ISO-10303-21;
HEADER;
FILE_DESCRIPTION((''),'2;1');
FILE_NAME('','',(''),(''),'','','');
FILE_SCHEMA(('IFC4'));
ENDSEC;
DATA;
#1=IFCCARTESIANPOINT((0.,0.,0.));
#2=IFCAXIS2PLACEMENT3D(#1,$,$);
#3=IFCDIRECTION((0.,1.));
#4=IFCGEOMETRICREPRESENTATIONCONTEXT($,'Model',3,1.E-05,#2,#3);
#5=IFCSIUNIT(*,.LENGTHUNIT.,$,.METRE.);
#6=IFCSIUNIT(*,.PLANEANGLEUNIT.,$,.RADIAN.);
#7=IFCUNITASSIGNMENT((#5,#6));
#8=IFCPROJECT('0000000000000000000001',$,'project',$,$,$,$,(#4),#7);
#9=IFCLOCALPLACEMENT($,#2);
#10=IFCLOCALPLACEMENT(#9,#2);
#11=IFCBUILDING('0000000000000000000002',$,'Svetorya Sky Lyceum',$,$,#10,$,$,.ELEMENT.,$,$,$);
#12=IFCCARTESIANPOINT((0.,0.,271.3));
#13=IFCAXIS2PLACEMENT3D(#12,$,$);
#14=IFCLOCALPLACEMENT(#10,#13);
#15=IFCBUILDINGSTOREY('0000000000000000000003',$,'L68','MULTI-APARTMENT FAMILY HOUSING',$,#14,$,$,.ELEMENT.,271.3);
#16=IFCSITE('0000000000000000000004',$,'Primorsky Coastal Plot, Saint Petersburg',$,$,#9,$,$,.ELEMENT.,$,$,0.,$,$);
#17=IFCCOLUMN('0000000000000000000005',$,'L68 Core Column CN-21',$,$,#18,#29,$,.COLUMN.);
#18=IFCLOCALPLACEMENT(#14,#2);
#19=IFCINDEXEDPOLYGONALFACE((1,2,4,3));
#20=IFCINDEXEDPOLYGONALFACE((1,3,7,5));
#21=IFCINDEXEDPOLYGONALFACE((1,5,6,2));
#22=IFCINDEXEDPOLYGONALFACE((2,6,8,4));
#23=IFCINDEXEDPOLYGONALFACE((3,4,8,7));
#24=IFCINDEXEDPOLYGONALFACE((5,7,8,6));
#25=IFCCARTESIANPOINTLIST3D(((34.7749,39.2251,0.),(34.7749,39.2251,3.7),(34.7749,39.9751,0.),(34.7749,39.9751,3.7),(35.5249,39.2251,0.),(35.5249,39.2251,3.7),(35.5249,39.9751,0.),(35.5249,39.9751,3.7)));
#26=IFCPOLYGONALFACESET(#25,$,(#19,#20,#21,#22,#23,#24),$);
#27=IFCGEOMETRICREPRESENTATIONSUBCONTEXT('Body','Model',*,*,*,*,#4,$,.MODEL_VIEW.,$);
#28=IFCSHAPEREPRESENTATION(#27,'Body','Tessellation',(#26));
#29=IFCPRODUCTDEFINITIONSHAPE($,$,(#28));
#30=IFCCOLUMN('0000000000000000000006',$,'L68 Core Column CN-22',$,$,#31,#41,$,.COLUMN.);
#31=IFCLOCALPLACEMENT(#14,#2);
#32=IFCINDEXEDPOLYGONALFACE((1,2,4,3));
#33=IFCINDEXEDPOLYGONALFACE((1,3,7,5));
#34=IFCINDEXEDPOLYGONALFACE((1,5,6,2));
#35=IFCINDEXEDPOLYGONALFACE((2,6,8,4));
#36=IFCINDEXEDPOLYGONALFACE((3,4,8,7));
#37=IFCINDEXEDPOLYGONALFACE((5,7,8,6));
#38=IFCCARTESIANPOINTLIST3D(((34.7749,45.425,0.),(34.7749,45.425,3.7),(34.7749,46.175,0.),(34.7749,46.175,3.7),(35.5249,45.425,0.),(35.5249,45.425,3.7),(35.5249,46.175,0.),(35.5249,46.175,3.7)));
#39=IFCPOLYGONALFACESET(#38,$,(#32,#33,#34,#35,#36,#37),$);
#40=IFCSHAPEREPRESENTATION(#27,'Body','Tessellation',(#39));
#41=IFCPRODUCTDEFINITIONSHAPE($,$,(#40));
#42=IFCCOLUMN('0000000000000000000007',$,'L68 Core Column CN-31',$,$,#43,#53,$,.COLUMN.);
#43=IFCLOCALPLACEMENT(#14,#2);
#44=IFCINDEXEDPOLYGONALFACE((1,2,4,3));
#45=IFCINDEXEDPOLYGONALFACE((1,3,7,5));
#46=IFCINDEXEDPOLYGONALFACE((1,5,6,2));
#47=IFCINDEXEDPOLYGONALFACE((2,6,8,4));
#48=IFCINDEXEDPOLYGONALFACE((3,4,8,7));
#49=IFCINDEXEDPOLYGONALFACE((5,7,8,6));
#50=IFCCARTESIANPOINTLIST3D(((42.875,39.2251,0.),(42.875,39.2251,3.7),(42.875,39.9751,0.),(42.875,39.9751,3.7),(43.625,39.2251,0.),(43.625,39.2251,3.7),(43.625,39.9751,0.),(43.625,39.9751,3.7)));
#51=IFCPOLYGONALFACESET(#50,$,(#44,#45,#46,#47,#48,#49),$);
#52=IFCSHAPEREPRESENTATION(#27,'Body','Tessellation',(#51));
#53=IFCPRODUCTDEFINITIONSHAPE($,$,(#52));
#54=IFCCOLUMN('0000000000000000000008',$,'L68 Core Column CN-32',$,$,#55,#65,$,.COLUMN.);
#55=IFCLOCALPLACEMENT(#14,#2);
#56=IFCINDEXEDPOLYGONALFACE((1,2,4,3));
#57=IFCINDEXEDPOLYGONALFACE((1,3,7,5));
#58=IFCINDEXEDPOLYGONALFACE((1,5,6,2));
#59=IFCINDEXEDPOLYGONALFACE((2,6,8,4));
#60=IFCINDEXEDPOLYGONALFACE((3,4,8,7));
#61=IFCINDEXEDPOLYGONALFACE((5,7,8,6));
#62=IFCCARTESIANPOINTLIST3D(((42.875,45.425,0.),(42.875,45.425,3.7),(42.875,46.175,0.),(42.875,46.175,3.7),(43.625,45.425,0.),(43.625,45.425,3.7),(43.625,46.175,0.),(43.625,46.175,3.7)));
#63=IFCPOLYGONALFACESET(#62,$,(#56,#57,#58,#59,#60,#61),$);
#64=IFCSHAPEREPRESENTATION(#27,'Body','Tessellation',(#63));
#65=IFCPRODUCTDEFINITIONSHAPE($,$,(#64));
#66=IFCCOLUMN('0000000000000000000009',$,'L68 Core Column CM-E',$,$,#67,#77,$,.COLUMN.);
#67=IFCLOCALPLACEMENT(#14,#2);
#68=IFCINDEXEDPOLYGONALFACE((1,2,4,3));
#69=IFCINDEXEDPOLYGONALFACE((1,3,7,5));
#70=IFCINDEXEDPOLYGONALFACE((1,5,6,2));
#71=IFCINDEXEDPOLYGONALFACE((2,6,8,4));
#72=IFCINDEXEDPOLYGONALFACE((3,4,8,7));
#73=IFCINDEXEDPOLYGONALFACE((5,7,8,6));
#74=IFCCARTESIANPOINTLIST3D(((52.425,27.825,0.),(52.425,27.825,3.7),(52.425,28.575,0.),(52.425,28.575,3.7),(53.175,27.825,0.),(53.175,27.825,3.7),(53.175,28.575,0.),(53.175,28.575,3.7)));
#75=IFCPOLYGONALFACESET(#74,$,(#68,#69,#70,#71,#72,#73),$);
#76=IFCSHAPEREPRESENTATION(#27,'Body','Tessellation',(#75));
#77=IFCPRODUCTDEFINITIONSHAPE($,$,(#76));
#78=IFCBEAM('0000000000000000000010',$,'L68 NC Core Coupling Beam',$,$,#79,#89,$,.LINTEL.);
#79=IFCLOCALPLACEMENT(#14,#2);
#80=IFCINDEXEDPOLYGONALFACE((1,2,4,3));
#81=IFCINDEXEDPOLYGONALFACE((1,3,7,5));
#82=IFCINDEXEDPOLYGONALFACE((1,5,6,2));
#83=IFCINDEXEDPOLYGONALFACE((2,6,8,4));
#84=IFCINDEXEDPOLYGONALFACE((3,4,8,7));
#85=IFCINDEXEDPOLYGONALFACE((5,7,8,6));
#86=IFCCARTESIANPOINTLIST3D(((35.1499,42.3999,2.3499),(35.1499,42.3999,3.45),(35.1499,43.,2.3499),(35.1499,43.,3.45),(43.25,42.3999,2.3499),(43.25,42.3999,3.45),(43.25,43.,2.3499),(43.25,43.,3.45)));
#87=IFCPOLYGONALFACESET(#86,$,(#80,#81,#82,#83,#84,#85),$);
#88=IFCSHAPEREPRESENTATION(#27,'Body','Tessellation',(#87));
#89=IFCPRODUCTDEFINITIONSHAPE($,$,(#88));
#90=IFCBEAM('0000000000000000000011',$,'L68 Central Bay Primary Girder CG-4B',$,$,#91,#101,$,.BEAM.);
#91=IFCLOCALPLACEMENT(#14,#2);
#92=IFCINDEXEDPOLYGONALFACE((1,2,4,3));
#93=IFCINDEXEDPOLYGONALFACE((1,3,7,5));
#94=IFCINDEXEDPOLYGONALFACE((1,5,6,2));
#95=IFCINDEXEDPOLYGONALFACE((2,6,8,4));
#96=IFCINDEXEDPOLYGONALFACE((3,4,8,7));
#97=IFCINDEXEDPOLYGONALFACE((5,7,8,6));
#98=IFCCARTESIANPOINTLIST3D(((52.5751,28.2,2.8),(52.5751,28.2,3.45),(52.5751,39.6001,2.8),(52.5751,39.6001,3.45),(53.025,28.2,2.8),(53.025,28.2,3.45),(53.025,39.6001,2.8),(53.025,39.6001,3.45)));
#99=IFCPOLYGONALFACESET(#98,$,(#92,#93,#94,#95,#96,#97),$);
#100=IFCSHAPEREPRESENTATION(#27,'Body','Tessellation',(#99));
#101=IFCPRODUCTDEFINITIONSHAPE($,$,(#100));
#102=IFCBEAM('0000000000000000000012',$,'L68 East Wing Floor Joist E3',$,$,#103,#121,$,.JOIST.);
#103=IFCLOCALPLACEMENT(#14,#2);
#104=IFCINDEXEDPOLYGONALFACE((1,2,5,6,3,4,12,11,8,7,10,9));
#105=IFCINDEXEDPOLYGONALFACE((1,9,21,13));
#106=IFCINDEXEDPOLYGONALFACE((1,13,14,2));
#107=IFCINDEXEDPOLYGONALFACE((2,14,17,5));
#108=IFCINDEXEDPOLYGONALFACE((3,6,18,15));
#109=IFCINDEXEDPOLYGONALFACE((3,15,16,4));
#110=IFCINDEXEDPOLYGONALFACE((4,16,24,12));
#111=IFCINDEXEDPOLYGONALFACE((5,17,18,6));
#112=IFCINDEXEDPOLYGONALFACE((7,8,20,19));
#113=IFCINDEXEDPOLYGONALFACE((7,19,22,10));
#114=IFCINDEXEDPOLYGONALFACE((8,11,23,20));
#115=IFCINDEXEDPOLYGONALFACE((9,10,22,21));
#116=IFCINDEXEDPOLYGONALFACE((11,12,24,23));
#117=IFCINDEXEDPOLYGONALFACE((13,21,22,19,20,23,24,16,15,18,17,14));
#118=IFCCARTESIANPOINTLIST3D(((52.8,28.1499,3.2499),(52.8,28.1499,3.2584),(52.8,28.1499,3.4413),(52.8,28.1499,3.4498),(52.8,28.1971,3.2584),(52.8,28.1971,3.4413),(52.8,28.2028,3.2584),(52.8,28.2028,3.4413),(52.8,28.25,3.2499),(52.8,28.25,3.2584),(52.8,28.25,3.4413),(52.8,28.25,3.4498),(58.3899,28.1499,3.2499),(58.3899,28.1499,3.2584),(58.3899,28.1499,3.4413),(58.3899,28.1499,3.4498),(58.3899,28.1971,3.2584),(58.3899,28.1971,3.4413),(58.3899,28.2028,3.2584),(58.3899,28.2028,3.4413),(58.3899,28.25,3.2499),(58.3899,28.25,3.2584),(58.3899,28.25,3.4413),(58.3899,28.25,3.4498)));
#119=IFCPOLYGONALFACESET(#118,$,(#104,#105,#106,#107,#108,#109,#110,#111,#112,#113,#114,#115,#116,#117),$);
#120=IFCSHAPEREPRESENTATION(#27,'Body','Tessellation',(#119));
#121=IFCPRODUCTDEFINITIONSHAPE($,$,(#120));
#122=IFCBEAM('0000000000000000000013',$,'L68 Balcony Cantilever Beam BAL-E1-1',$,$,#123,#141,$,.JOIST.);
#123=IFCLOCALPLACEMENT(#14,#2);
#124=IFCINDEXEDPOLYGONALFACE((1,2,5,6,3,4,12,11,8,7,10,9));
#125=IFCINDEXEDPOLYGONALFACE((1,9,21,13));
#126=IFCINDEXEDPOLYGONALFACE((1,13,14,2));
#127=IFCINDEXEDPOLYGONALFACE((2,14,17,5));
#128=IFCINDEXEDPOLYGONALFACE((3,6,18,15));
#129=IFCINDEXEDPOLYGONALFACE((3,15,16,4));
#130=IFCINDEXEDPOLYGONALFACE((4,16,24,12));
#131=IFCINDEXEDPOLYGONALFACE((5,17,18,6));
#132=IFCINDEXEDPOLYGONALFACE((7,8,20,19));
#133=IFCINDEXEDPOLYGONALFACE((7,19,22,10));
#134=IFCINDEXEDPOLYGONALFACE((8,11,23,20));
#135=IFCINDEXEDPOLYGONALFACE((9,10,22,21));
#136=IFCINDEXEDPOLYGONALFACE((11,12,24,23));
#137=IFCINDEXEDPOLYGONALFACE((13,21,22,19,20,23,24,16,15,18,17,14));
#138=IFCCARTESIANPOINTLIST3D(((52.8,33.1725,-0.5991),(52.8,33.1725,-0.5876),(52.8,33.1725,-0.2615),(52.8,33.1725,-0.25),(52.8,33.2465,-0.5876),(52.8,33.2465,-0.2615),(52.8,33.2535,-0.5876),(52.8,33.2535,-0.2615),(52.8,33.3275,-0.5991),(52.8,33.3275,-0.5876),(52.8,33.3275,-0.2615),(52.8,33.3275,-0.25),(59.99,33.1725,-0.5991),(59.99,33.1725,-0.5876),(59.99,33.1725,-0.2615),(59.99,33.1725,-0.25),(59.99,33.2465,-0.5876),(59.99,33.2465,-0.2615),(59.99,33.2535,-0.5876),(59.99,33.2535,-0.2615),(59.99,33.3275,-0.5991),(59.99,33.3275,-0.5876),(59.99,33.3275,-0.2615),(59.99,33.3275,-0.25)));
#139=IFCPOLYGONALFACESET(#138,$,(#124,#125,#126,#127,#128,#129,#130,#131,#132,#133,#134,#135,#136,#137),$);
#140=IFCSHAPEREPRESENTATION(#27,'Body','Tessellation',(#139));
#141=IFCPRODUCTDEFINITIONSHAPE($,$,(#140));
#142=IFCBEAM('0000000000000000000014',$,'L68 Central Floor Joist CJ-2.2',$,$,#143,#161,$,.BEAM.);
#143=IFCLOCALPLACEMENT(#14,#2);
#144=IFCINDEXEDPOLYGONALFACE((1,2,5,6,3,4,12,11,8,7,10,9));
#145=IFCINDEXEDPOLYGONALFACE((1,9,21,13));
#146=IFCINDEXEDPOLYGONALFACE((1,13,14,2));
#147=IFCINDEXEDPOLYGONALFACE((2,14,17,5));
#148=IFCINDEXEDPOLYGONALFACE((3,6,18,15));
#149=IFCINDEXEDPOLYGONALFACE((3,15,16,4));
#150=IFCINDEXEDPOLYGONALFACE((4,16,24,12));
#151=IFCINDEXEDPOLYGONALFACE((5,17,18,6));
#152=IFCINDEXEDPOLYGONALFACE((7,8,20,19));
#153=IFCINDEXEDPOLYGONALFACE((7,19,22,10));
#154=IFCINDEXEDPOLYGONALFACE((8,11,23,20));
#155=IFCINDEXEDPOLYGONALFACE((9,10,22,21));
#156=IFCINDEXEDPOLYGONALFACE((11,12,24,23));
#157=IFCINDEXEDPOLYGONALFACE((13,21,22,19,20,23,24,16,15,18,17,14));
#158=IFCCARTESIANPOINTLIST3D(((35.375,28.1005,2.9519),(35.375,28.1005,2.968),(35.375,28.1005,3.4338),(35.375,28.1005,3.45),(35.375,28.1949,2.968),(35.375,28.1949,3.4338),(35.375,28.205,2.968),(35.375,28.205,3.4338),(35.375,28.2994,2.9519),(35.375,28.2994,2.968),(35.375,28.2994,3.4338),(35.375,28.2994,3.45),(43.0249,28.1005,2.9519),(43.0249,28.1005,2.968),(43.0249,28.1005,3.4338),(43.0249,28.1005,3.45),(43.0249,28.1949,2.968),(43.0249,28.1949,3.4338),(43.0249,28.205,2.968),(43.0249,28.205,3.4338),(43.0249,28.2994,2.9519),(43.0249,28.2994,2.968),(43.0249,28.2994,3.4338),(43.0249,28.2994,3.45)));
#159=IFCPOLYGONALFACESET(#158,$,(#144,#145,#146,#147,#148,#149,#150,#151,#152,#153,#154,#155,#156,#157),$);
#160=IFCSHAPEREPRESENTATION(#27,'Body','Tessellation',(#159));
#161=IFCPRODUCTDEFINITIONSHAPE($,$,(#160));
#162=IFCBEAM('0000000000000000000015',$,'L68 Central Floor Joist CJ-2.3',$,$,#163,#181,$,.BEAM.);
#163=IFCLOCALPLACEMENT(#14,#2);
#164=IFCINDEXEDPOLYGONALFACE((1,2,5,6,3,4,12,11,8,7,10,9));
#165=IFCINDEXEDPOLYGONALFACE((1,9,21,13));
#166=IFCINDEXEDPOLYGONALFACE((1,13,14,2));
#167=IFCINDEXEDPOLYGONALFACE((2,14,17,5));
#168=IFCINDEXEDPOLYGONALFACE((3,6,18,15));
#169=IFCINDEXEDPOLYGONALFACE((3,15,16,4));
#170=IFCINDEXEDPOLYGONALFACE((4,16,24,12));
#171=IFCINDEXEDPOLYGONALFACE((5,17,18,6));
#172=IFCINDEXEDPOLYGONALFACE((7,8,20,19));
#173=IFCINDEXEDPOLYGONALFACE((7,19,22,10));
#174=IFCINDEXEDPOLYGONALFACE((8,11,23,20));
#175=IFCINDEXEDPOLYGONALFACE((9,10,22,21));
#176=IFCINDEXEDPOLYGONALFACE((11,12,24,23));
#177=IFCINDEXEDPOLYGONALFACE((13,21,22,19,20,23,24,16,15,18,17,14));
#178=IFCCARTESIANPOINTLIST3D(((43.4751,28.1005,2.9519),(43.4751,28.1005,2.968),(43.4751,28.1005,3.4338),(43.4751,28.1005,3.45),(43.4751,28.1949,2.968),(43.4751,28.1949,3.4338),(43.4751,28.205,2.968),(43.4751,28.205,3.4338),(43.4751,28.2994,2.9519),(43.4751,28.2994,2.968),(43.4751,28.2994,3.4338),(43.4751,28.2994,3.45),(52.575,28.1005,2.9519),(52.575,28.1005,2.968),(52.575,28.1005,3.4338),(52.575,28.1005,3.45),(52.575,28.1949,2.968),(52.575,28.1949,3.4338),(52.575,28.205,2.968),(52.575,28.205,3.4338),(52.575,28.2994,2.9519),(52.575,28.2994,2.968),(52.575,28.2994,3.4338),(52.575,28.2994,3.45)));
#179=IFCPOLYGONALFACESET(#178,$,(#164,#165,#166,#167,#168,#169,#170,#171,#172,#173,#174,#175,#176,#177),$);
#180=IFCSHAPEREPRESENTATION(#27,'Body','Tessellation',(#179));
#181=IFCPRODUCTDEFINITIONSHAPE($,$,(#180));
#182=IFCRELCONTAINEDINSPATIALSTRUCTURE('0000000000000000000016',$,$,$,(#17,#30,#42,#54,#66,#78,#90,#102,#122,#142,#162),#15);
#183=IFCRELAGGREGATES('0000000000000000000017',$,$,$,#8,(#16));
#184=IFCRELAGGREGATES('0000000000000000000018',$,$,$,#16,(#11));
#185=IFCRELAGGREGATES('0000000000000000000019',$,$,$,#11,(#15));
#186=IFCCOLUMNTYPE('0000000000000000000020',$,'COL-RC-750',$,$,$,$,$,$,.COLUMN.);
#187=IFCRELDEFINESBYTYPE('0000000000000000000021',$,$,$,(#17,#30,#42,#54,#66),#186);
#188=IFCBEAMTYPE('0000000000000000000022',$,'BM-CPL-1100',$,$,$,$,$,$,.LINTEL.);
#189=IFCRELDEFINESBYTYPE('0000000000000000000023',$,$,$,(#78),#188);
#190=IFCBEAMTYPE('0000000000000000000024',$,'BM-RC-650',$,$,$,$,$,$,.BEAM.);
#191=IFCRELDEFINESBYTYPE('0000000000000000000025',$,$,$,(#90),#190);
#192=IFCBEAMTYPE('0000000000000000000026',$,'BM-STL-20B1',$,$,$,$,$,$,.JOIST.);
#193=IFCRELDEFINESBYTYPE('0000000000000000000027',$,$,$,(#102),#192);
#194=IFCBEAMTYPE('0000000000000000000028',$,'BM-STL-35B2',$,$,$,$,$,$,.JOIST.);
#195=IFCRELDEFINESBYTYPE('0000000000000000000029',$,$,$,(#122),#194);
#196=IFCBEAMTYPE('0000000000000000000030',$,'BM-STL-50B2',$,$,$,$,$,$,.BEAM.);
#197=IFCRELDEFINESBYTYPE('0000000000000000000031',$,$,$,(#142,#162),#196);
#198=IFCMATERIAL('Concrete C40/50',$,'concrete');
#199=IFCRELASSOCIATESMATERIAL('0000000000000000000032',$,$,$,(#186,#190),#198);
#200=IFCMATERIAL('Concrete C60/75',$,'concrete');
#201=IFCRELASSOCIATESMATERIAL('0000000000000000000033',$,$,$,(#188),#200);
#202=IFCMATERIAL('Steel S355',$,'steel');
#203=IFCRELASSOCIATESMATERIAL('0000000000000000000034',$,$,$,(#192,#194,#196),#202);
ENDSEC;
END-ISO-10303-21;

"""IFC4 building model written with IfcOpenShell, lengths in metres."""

from ifc_helpers import new_model, si_unit, direction, frame, origin, origin_2d, place, context, subcontext, project, spatial, rectangle, i_section, extrude, material, material_profile, profile_set, type_object, element, save


model = new_model("IFC4")

# Units and contexts
model_context = context("Model", 3, precision=1e-05, world=origin(), true_north=direction((0.0, 1.0)))
body_context = subcontext(model_context, "Body", "Model", "MODEL_VIEW")
ifc_project = project(units=[si_unit("LENGTHUNIT", "METRE"), si_unit("PLANEANGLEUNIT", "RADIAN")], contexts=[model_context])

# Site, building, storey
site_placement = place(None, origin())
site = spatial("IfcSite", under=ifc_project, at=site_placement, Name="Primorsky Coastal Plot, Saint Petersburg", CompositionType="ELEMENT", RefElevation=0.0)
building_placement = place(site_placement, origin())
building = spatial("IfcBuilding", under=site, at=building_placement, Name="Svetorya Sky Lyceum", CompositionType="ELEMENT")
storey_placement = place(building_placement, frame((0.0, 0.0, 271.3)))
storey = spatial("IfcBuildingStorey", under=building, at=storey_placement, Name="L68", Description="MULTI-APARTMENT FAMILY HOUSING", CompositionType="ELEMENT", Elevation=271.3)

# Columns
ifc_material_1 = material(Name="Concrete C40/50", Category="concrete")
ifc_material_profile_1 = material_profile(ifc_material_1, rectangle(XDim=0.75, YDim=0.75, at=origin_2d()), Name="RC COL 750x750")
ifc_profile_set_1 = profile_set([ifc_material_profile_1], Name="Concrete C40/50")
column_type = type_object("IfcColumnType", Name="COL-RC-750", PredefinedType="COLUMN", material=ifc_profile_set_1)
for number, where, z_axis, x_axis, name in (
    (1, (35.1499, 39.6001, 0.0), (0.0, 0.0, 1.0), (1.0, 0.0, 0.0), "L68 Core Column CN-21"),
    (2, (35.1499, 45.8, 0.0), (0.0, 0.0, 1.0), (1.0, 0.0, 0.0), "L68 Core Column CN-22"),
    (3, (43.25, 39.6001, 0.0), (0.0, 0.0, 1.0), (1.0, 0.0, 0.0), "L68 Core Column CN-31"),
    (4, (43.25, 45.8, 0.0), (0.0, 0.0, 1.0), (1.0, 0.0, 0.0), "L68 Core Column CN-32"),
    (5, (52.8, 28.2, 0.0), (0.0, 0.0, 1.0), (1.0, 0.0, 0.0), "L68 Core Column CM-E"),
):
    element("IfcColumn", number, at=place(storey_placement, frame(where, z_axis=z_axis, x_axis=x_axis)), inside=storey, type_object=column_type, Name=name, PredefinedType="COLUMN", context=body_context, shape_type="SweptSolid", body=[
        extrude(rectangle(XDim=0.75, YDim=0.75, at=origin_2d()), origin(), (0.0, 0.0, 1.0), 3.7),
    ])

# Beams
ifc_material_2 = material(Name="Concrete C60/75", Category="concrete")
ifc_material_profile_2 = material_profile(ifc_material_2, rectangle(XDim=0.6001, YDim=1.1001, at=origin_2d()), Name="RC COUPLING 600x1100")
ifc_profile_set_2 = profile_set([ifc_material_profile_2], Name="Concrete C60/75")
beam_type_1 = type_object("IfcBeamType", Name="BM-CPL-1100", PredefinedType="LINTEL", material=ifc_profile_set_2)
beam_1_placement = place(storey_placement, frame((35.1499, 42.7, 2.8999), z_axis=(1.0, 0.0, 0.0), x_axis=(0.0, 1.0, 0.0)))
element("IfcBeam", 6, at=beam_1_placement, inside=storey, type_object=beam_type_1, Name="L68 NC Core Coupling Beam", PredefinedType="LINTEL", context=body_context, shape_type="SweptSolid", body=[
    extrude(rectangle(XDim=0.6001, YDim=1.1001, at=origin_2d()), origin(), (0.0, 0.0, 1.0), 8.1001),
])
ifc_material_profile_3 = material_profile(ifc_material_1, rectangle(XDim=0.45, YDim=0.6499, at=origin_2d()), Name="RC BEAM 450x650")
ifc_profile_set_3 = profile_set([ifc_material_profile_3], Name="Concrete C40/50")
beam_type_2 = type_object("IfcBeamType", Name="BM-RC-650", PredefinedType="BEAM", material=ifc_profile_set_3)
beam_2_placement = place(storey_placement, frame((52.8, 28.2, 3.125), z_axis=(0.0, 1.0, 0.0), x_axis=(-1.0, 0.0, 0.0)))
element("IfcBeam", 7, at=beam_2_placement, inside=storey, type_object=beam_type_2, Name="L68 Central Bay Primary Girder CG-4B", PredefinedType="BEAM", context=body_context, shape_type="SweptSolid", body=[
    extrude(rectangle(XDim=0.45, YDim=0.6499, at=origin_2d()), origin(), (0.0, 0.0, 1.0), 11.4001),
])
ifc_material_3 = material(Name="Steel S355", Category="steel")
ifc_material_profile_4 = material_profile(ifc_material_3, i_section(OverallWidth=0.1001, OverallDepth=0.2, WebThickness=0.0056, FlangeThickness=0.0085, at=origin_2d()), Name="GOST 20B1")
ifc_profile_set_4 = profile_set([ifc_material_profile_4], Name="Steel S355")
beam_type_3 = type_object("IfcBeamType", Name="BM-STL-20B1", PredefinedType="JOIST", material=ifc_profile_set_4)
beam_3_placement = place(storey_placement, frame((52.8, 28.2, 3.3499), z_axis=(1.0, 0.0, 0.0), x_axis=(0.0, 1.0, 0.0)))
element("IfcBeam", 8, at=beam_3_placement, inside=storey, type_object=beam_type_3, Name="L68 East Wing Floor Joist E3", PredefinedType="JOIST", context=body_context, shape_type="SweptSolid", body=[
    extrude(i_section(OverallWidth=0.1001, OverallDepth=0.2, WebThickness=0.0056, FlangeThickness=0.0085, at=origin_2d()), origin(), (0.0, 0.0, 1.0), 5.5898),
])
ifc_material_profile_5 = material_profile(ifc_material_3, i_section(OverallWidth=0.155, OverallDepth=0.3491, WebThickness=0.0071, FlangeThickness=0.0115, at=origin_2d()), Name="GOST 35B2")
ifc_profile_set_5 = profile_set([ifc_material_profile_5], Name="Steel S355")
beam_type_4 = type_object("IfcBeamType", Name="BM-STL-35B2", PredefinedType="JOIST", material=ifc_profile_set_5)
beam_4_placement = place(storey_placement, frame((52.8, 33.25, -0.4246), z_axis=(1.0, 0.0, 0.0), x_axis=(0.0, 1.0, 0.0)))
element("IfcBeam", 9, at=beam_4_placement, inside=storey, type_object=beam_type_4, Name="L68 Balcony Cantilever Beam BAL-E1-1", PredefinedType="JOIST", context=body_context, shape_type="SweptSolid", body=[
    extrude(i_section(OverallWidth=0.155, OverallDepth=0.3491, WebThickness=0.0071, FlangeThickness=0.0115, at=origin_2d()), origin(), (0.0, 0.0, 1.0), 7.1899),
])
ifc_material_profile_6 = material_profile(ifc_material_3, i_section(OverallWidth=0.199, OverallDepth=0.498, WebThickness=0.01, FlangeThickness=0.0161, at=origin_2d()), Name="GOST 50B2")
ifc_profile_set_6 = profile_set([ifc_material_profile_6], Name="Steel S355")
beam_type_5 = type_object("IfcBeamType", Name="BM-STL-50B2", PredefinedType="BEAM", material=ifc_profile_set_6)
beam_5_placement = place(storey_placement, frame((35.375, 28.2, 3.2009), z_axis=(1.0, 0.0, 0.0), x_axis=(0.0, 1.0, 0.0)))
element("IfcBeam", 10, at=beam_5_placement, inside=storey, type_object=beam_type_5, Name="L68 Central Floor Joist CJ-2.2", PredefinedType="BEAM", context=body_context, shape_type="SweptSolid", body=[
    extrude(i_section(OverallWidth=0.199, OverallDepth=0.498, WebThickness=0.01, FlangeThickness=0.0161, at=origin_2d()), origin(), (0.0, 0.0, 1.0), 7.6499),
])
beam_6_placement = place(storey_placement, frame((43.4751, 28.2, 3.2009), z_axis=(1.0, 0.0, 0.0), x_axis=(0.0, 1.0, 0.0)))
element("IfcBeam", 11, at=beam_6_placement, inside=storey, type_object=beam_type_5, Name="L68 Central Floor Joist CJ-2.3", PredefinedType="BEAM", context=body_context, shape_type="SweptSolid", body=[
    extrude(i_section(OverallWidth=0.199, OverallDepth=0.498, WebThickness=0.01, FlangeThickness=0.0161, at=origin_2d()), origin(), (0.0, 0.0, 1.0), 9.0999),
])

save(model, "model.ifc")
